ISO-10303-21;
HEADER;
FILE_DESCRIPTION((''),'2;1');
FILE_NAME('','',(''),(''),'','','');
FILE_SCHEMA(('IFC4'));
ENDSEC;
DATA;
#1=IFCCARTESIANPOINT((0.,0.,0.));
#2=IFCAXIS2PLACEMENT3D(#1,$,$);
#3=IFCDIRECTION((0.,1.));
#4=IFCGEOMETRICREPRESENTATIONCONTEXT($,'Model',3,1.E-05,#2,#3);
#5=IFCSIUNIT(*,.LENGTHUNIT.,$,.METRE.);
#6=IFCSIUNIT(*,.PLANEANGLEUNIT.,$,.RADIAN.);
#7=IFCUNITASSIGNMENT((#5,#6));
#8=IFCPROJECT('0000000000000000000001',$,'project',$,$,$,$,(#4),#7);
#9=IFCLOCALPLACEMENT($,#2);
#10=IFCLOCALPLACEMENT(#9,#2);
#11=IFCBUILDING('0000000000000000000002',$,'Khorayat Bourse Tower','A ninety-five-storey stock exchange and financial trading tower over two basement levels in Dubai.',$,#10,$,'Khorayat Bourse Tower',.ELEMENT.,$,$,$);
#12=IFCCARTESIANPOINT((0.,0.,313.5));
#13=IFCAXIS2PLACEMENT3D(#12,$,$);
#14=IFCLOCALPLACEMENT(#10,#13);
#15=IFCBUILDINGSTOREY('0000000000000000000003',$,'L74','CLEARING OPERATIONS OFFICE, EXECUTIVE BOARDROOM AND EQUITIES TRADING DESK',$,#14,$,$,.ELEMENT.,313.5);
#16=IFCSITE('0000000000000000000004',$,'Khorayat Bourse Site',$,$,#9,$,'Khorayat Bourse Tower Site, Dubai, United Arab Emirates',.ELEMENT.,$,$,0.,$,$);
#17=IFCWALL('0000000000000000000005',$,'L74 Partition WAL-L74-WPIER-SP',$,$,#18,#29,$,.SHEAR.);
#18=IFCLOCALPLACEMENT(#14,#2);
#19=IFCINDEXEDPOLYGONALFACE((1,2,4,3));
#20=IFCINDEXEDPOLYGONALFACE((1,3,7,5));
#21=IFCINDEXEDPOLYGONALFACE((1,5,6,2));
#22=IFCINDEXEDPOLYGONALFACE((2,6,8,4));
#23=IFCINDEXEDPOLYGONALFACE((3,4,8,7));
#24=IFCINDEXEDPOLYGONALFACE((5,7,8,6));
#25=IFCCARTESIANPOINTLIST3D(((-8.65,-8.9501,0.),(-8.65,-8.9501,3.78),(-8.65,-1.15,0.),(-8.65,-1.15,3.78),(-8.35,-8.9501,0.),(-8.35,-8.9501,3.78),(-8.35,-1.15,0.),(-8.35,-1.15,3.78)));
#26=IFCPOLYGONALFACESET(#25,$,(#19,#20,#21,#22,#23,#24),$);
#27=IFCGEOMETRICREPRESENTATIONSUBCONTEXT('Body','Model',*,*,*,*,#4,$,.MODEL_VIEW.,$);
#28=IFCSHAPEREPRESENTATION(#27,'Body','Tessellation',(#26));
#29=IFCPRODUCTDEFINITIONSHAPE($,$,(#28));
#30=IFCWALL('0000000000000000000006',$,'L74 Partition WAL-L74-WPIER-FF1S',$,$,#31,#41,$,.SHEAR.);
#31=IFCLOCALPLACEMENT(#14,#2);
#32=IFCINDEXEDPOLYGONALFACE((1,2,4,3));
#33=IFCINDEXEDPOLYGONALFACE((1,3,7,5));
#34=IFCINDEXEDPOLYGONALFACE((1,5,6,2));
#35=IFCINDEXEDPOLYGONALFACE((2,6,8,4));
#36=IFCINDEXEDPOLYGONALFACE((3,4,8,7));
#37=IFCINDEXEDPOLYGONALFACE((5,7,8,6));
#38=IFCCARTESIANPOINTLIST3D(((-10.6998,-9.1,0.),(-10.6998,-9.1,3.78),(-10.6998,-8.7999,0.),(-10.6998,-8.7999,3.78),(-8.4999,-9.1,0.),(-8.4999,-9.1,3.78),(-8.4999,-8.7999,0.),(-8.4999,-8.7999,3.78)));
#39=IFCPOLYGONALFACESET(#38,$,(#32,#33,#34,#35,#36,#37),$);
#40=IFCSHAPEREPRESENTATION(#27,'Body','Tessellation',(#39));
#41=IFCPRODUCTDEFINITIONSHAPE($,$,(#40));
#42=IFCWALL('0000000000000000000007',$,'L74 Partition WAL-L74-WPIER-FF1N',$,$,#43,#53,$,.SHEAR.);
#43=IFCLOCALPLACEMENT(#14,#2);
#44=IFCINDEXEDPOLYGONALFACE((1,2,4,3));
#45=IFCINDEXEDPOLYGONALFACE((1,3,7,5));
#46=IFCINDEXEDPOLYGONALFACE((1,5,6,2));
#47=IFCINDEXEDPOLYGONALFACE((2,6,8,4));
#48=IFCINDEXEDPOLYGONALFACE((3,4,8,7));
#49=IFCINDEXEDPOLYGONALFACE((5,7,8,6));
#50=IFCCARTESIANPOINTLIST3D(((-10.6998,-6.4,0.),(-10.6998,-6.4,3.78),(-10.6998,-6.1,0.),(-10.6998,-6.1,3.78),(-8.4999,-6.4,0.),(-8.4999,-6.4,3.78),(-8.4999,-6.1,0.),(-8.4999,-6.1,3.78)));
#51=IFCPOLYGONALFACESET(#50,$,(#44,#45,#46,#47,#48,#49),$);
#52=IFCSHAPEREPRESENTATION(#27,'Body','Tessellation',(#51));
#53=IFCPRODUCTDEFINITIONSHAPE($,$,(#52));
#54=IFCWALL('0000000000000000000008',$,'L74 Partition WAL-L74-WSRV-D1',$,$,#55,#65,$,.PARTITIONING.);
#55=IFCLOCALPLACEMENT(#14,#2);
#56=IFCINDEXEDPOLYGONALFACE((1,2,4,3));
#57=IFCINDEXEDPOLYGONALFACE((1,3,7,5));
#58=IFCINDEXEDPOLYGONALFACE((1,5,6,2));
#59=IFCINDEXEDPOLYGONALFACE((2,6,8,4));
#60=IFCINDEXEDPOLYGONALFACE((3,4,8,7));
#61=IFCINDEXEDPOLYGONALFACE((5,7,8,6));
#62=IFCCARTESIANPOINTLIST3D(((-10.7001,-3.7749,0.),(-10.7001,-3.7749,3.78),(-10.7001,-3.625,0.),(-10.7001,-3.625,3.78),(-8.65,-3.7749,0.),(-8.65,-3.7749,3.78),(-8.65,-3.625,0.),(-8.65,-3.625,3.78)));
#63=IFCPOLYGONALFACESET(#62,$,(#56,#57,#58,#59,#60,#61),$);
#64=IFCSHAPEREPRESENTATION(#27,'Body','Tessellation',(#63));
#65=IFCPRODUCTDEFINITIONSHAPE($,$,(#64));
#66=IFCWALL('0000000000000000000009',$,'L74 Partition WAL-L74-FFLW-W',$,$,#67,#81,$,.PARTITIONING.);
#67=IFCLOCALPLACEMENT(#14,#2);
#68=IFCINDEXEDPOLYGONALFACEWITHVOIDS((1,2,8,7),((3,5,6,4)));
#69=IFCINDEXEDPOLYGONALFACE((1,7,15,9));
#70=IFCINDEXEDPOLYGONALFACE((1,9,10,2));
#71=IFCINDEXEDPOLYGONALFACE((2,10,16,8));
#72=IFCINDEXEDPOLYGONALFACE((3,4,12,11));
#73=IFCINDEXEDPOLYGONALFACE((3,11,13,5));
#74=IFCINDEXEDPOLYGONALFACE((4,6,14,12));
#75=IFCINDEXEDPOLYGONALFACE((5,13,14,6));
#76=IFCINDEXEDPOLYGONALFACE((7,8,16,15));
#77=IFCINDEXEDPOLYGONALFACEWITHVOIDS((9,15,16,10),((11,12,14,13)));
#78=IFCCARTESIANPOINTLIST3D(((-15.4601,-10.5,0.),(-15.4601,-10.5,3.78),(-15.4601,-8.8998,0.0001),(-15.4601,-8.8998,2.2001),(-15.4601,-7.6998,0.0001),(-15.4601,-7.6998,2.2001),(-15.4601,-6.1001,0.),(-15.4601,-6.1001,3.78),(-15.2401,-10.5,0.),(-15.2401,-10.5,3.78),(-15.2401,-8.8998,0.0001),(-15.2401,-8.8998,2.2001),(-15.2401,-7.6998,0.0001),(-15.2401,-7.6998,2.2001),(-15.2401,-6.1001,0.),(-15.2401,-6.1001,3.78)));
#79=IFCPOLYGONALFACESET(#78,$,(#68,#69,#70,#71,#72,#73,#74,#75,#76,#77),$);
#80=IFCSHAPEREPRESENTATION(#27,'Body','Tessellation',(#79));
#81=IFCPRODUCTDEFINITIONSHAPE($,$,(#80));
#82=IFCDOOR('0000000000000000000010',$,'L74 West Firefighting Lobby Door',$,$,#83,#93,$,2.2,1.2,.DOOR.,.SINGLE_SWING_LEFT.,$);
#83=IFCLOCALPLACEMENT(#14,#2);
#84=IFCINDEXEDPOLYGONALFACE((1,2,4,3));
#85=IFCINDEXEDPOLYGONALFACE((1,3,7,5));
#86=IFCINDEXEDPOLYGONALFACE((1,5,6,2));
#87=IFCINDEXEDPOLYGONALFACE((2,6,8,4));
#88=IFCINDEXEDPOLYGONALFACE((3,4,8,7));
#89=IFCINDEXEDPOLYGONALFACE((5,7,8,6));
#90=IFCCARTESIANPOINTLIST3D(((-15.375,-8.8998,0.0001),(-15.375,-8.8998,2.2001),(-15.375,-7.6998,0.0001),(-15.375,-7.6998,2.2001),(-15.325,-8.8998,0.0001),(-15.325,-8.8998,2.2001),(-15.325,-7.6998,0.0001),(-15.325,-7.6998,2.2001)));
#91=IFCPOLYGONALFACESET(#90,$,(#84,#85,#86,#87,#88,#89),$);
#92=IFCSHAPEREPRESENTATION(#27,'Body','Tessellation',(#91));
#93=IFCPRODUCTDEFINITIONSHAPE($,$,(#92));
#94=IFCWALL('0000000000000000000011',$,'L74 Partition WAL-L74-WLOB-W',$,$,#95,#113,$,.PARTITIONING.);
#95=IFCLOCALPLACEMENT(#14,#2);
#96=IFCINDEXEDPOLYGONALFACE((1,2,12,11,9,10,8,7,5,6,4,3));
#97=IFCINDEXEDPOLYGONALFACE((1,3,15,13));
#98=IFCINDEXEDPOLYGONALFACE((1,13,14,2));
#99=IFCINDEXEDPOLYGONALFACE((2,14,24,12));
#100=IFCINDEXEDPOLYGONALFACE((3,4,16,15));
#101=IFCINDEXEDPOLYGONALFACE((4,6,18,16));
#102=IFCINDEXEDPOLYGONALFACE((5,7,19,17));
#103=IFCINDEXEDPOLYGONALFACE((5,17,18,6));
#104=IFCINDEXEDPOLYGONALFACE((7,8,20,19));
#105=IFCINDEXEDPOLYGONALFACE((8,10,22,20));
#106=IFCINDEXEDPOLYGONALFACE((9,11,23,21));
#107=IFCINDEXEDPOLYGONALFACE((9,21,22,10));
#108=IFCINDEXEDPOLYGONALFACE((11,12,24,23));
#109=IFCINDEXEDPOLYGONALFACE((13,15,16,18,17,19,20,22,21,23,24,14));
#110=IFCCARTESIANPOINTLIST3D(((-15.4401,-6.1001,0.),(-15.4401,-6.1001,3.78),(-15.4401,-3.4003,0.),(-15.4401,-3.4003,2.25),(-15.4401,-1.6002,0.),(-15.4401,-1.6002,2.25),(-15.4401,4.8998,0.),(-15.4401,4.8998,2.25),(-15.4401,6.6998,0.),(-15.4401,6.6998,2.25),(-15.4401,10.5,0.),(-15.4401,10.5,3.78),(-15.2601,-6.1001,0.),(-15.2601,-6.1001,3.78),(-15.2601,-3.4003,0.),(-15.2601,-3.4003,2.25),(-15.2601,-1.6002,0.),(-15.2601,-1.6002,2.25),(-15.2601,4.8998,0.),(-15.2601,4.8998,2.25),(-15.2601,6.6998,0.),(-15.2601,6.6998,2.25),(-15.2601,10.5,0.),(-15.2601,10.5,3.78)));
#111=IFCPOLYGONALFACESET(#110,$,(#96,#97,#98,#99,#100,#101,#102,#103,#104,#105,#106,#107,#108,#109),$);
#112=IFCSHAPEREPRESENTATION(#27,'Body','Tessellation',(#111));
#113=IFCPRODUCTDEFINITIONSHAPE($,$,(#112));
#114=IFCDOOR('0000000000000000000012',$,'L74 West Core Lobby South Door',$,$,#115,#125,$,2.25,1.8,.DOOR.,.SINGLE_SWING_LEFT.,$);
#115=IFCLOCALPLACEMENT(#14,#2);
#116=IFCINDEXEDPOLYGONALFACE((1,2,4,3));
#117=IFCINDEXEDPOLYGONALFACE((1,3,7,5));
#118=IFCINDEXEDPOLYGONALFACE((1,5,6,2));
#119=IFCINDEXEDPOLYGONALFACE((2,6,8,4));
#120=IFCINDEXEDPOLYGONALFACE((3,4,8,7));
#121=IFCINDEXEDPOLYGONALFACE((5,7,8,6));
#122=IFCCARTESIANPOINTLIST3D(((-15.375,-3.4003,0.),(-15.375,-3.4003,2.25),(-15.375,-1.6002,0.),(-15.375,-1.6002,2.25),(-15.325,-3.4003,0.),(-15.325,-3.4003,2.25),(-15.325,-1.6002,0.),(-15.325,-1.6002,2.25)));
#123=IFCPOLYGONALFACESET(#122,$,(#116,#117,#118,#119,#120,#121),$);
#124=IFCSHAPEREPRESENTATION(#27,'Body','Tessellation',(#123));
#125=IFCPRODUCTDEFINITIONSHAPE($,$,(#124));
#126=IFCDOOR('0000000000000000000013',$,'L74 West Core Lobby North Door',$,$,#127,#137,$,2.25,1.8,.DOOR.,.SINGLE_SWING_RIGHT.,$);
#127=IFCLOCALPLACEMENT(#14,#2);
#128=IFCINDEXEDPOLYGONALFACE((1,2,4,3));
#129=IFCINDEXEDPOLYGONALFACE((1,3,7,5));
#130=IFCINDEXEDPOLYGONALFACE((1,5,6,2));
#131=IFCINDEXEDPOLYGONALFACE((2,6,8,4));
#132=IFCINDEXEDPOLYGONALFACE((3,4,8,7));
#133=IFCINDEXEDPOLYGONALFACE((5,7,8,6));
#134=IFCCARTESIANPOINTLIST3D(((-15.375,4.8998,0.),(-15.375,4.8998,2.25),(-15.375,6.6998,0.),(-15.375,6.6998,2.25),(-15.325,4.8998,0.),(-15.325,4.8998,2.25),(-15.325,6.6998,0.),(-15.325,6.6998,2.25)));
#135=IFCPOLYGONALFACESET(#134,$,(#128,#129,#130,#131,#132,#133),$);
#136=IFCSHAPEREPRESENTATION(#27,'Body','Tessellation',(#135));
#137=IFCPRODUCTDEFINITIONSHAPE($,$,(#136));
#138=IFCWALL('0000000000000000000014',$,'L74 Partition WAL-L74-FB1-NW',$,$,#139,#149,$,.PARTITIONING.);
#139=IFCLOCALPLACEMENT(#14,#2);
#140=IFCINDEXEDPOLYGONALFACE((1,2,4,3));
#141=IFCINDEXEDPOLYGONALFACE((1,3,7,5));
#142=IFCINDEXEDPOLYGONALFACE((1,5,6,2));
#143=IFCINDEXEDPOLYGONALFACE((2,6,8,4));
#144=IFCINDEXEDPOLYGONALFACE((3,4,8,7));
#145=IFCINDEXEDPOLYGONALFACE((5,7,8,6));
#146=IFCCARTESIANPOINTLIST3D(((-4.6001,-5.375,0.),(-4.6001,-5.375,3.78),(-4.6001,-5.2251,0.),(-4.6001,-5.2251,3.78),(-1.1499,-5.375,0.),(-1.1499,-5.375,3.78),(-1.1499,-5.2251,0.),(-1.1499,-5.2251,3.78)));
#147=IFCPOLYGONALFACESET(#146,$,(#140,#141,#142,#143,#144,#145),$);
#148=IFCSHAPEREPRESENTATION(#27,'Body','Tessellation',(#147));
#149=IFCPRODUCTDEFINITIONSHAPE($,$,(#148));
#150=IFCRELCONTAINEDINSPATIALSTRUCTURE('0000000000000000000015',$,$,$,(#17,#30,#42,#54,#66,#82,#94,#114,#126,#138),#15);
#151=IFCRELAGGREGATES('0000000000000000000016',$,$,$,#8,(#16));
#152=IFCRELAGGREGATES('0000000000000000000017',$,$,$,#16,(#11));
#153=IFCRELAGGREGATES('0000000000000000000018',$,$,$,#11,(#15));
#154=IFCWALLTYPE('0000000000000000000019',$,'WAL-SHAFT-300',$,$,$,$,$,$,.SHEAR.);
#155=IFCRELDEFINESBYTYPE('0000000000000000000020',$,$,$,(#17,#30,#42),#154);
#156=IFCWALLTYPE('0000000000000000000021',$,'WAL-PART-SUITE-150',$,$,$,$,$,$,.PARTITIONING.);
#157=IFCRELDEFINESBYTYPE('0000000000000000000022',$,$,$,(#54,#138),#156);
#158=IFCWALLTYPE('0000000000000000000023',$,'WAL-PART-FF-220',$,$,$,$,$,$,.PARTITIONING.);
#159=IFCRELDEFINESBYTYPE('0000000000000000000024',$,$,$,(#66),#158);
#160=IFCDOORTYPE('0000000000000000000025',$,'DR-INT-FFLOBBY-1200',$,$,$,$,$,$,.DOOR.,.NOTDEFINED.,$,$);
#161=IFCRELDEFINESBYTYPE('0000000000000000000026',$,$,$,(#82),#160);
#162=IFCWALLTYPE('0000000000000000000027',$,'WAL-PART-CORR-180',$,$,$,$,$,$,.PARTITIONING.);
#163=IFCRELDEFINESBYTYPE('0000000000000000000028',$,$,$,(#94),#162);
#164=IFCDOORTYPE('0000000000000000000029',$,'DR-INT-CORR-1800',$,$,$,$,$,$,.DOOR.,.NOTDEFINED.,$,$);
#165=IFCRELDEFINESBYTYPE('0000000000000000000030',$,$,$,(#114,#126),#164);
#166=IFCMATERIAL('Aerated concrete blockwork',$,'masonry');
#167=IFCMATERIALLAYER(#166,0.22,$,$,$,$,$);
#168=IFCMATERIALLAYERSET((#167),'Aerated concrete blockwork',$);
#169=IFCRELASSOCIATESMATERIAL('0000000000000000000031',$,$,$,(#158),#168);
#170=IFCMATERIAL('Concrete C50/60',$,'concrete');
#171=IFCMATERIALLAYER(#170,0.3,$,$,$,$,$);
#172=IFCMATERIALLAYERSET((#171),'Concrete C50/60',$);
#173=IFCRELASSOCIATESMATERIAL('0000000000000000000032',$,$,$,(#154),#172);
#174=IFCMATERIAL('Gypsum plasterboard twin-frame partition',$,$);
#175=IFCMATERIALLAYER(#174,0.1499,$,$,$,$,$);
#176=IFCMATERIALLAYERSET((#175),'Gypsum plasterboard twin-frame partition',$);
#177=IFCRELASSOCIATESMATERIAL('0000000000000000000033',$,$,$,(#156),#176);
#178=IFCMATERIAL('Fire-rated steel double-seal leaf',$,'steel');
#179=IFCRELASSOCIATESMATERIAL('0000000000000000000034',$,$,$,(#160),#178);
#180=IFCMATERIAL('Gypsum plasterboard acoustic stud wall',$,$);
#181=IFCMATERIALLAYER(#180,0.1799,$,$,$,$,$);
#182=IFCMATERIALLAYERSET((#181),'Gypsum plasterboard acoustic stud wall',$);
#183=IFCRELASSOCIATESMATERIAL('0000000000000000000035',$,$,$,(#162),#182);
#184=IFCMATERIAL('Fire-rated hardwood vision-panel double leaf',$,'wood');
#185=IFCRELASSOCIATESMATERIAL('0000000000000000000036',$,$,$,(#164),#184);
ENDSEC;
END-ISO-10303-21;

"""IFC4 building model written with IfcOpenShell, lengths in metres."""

from ifc_helpers import new_model, si_unit, direction, frame, frame_2d, origin, place, context, subcontext, project, spatial, rectangle, extrude, source, transform, mapped, material, layer, layer_set, type_object, element, fill, save


model = new_model("IFC4")

# Units and contexts
model_context = context("Model", 3, precision=1e-05, world=origin(), true_north=direction((0.0, 1.0)))
body_context = subcontext(model_context, "Body", "Model", "MODEL_VIEW")
ifc_project = project(units=[si_unit("LENGTHUNIT", "METRE"), si_unit("PLANEANGLEUNIT", "RADIAN")], contexts=[model_context])

# Site, building, storey
site_placement = place(None, origin())
site = spatial("IfcSite", under=ifc_project, at=site_placement, Name="Khorayat Bourse Site", LongName="Khorayat Bourse Tower Site, Dubai, United Arab Emirates", CompositionType="ELEMENT", RefElevation=0.0)
building_placement = place(site_placement, origin())
building = spatial("IfcBuilding", under=site, at=building_placement, Name="Khorayat Bourse Tower", Description="A ninety-five-storey stock exchange and financial trading tower over two basement levels in Dubai.", LongName="Khorayat Bourse Tower", CompositionType="ELEMENT")
storey_placement = place(building_placement, frame((0.0, 0.0, 313.5)))
storey = spatial("IfcBuildingStorey", under=building, at=storey_placement, Name="L74", Description="CLEARING OPERATIONS OFFICE, EXECUTIVE BOARDROOM AND EQUITIES TRADING DESK", CompositionType="ELEMENT", Elevation=313.5)

# Walls
ifc_material_1 = material(Name="Aerated concrete blockwork", Category="masonry")
ifc_layer_1 = layer(ifc_material_1, 0.22)
ifc_layer_set_1 = layer_set([ifc_layer_1], Name="Aerated concrete blockwork")
wall_type_1 = type_object("IfcWallType", Name="WAL-PART-FF-220", PredefinedType="PARTITIONING", material=ifc_layer_set_1)
ifc_material_2 = material(Name="Concrete C50/60", Category="concrete")
ifc_layer_2 = layer(ifc_material_2, 0.3)
ifc_layer_set_2 = layer_set([ifc_layer_2], Name="Concrete C50/60")
wall_type_2 = type_object("IfcWallType", Name="WAL-SHAFT-300", PredefinedType="SHEAR", material=ifc_layer_set_2)
shared_shape_1 = source(origin(), body_context, "Body", "SweptSolid", [
    extrude(rectangle(XDim=7.8, YDim=0.3, at=frame_2d((3.8999, 0.0))), origin(), (0.0, 0.0, 1.0), 3.78),
])
wall_1_placement = place(storey_placement, frame((-8.5, -8.95, 0.0), z_axis=(0.0, 0.0, 1.0), x_axis=(0.0, 1.0, 0.0)))
element("IfcWall", 1, at=wall_1_placement, inside=storey, type_object=wall_type_2, Name="L74 Partition WAL-L74-WPIER-SP", PredefinedType="SHEAR", context=body_context, shape_type="MappedRepresentation", body=[
    mapped(shared_shape_1, transform((0.0, 0.0, 0.0), scale=1.0)),
])
shared_shape_2 = source(origin(), body_context, "Body", "SweptSolid", [
    extrude(rectangle(XDim=2.2, YDim=0.3, at=frame_2d((1.1001, 0.0))), origin(), (0.0, 0.0, 1.0), 3.78),
])
for number, where, z_axis, x_axis, name in (
    (2, (-10.7, -8.95, 0.0), (0.0, 0.0, 1.0), (1.0, 0.0, 0.0), "L74 Partition WAL-L74-WPIER-FF1S"),
    (3, (-10.7, -6.25, 0.0), (0.0, 0.0, 1.0), (1.0, 0.0, 0.0), "L74 Partition WAL-L74-WPIER-FF1N"),
):
    element("IfcWall", number, at=place(storey_placement, frame(where, z_axis=z_axis, x_axis=x_axis)), inside=storey, type_object=wall_type_2, Name=name, PredefinedType="SHEAR", context=body_context, shape_type="MappedRepresentation", body=[
        mapped(shared_shape_2, transform((0.0, 0.0, 0.0), scale=1.0)),
    ])
ifc_material_3 = material(Name="Gypsum plasterboard twin-frame partition")
ifc_layer_3 = layer(ifc_material_3, 0.1499)
ifc_layer_set_3 = layer_set([ifc_layer_3], Name="Gypsum plasterboard twin-frame partition")
wall_type_3 = type_object("IfcWallType", Name="WAL-PART-SUITE-150", PredefinedType="PARTITIONING", material=ifc_layer_set_3)
shared_shape_3 = source(origin(), body_context, "Body", "SweptSolid", [
    extrude(rectangle(XDim=2.05, YDim=0.1499, at=frame_2d((1.0249, 0.0))), origin(), (0.0, 0.0, 1.0), 3.78),
])
wall_2_placement = place(storey_placement, frame((-10.7, -3.7, 0.0), z_axis=(0.0, 0.0, 1.0), x_axis=(1.0, 0.0, 0.0)))
element("IfcWall", 4, at=wall_2_placement, inside=storey, type_object=wall_type_3, Name="L74 Partition WAL-L74-WSRV-D1", PredefinedType="PARTITIONING", context=body_context, shape_type="MappedRepresentation", body=[
    mapped(shared_shape_3, transform((0.0, 0.0, 0.0), scale=1.0)),
])

# Wall, opening, door
shared_shape_4 = source(origin(), body_context, "Body", "SweptSolid", [
    extrude(rectangle(XDim=4.3999, YDim=0.22, at=frame_2d((2.2, 0.0))), origin(), (0.0, 0.0, 1.0), 3.78),
])
wall_3_placement = place(storey_placement, frame((-15.3501, -10.5, 0.0), z_axis=(0.0, 0.0, 1.0), x_axis=(0.0, 1.0, 0.0)))
wall_3 = element("IfcWall", 5, at=wall_3_placement, inside=storey, type_object=wall_type_1, Name="L74 Partition WAL-L74-FFLW-W", PredefinedType="PARTITIONING", context=body_context, shape_type="MappedRepresentation", body=[
    mapped(shared_shape_4, transform((0.0, 0.0, 0.0), scale=1.0)),
])
shared_shape_5 = source(origin(), body_context, "Body", "SweptSolid", [
    extrude(rectangle(XDim=1.2, YDim=2.2, at=frame_2d((0.6001, 1.1001))), frame((0.0, 0.1199, 0.0), z_axis=(0.0, -1.0, 0.0), x_axis=(1.0, 0.0, 0.0)), (0.0, 0.0, 1.0), 0.24),
])
opening_1_placement = place(wall_3_placement, frame((1.6001, 0.0, 0.0)))
opening_1 = element("IfcOpeningElement", 6, at=opening_1_placement, cuts=wall_3, PredefinedType="OPENING", context=body_context, shape_type="MappedRepresentation", body=[
    mapped(shared_shape_5, transform((0.0, 0.0, 0.0), scale=1.0)),
])
ifc_material_4 = material(Name="Fire-rated steel double-seal leaf", Category="steel")
door_type_1 = type_object("IfcDoorType", Name="DR-INT-FFLOBBY-1200", OperationType="NOTDEFINED", PredefinedType="DOOR", material=ifc_material_4)
shared_shape_6 = source(origin(), body_context, "Body", "SweptSolid", [
    extrude(rectangle(XDim=1.2, YDim=2.2, at=frame_2d((0.6001, 1.1001))), frame((0.0, 0.0249, 0.0), z_axis=(0.0, -1.0, 0.0), x_axis=(1.0, 0.0, 0.0)), (0.0, 0.0, 1.0), 0.05),
])
door_1_placement = place(opening_1_placement, origin())
door_1 = element("IfcDoor", 7, at=door_1_placement, inside=storey, type_object=door_type_1, Name="L74 West Firefighting Lobby Door", OperationType="SINGLE_SWING_LEFT", OverallHeight=2.2, OverallWidth=1.2, PredefinedType="DOOR", context=body_context, shape_type="MappedRepresentation", body=[
    mapped(shared_shape_6, transform((0.0, 0.0, 0.0), scale=1.0)),
])
fill(opening_1, door_1)

# Wall, openings, doors
ifc_material_5 = material(Name="Gypsum plasterboard acoustic stud wall")
ifc_layer_4 = layer(ifc_material_5, 0.1799)
ifc_layer_set_4 = layer_set([ifc_layer_4], Name="Gypsum plasterboard acoustic stud wall")
wall_type_4 = type_object("IfcWallType", Name="WAL-PART-CORR-180", PredefinedType="PARTITIONING", material=ifc_layer_set_4)
shared_shape_7 = source(origin(), body_context, "Body", "SweptSolid", [
    extrude(rectangle(XDim=16.6001, YDim=0.1799, at=frame_2d((8.3, 0.0))), origin(), (0.0, 0.0, 1.0), 3.78),
])
wall_4_placement = place(storey_placement, frame((-15.3501, -6.1001, 0.0), z_axis=(0.0, 0.0, 1.0), x_axis=(0.0, 1.0, 0.0)))
wall_4 = element("IfcWall", 8, at=wall_4_placement, inside=storey, type_object=wall_type_4, Name="L74 Partition WAL-L74-WLOB-W", PredefinedType="PARTITIONING", context=body_context, shape_type="MappedRepresentation", body=[
    mapped(shared_shape_7, transform((0.0, 0.0, 0.0), scale=1.0)),
])
shared_shape_8 = source(origin(), body_context, "Body", "SweptSolid", [
    extrude(rectangle(XDim=1.8, YDim=2.25, at=frame_2d((0.8999, 1.125))), frame((0.0, 0.0999, 0.0), z_axis=(0.0, -1.0, 0.0), x_axis=(1.0, 0.0, 0.0)), (0.0, 0.0, 1.0), 0.2),
])
opening_2_placement = place(wall_4_placement, frame((2.7, 0.0, 0.0)))
opening_2 = element("IfcOpeningElement", 9, at=opening_2_placement, cuts=wall_4, PredefinedType="OPENING", context=body_context, shape_type="MappedRepresentation", body=[
    mapped(shared_shape_8, transform((0.0, 0.0, 0.0), scale=1.0)),
])
opening_3_placement = place(wall_4_placement, frame((11.0, 0.0, 0.0)))
opening_3 = element("IfcOpeningElement", 10, at=opening_3_placement, cuts=wall_4, PredefinedType="OPENING", context=body_context, shape_type="MappedRepresentation", body=[
    mapped(shared_shape_8, transform((0.0, 0.0, 0.0), scale=1.0)),
])
ifc_material_6 = material(Name="Fire-rated hardwood vision-panel double leaf", Category="wood")
door_type_2 = type_object("IfcDoorType", Name="DR-INT-CORR-1800", OperationType="NOTDEFINED", PredefinedType="DOOR", material=ifc_material_6)
shared_shape_9 = source(origin(), body_context, "Body", "SweptSolid", [
    extrude(rectangle(XDim=1.8, YDim=2.25, at=frame_2d((0.8999, 1.125))), frame((0.0, 0.0249, 0.0), z_axis=(0.0, -1.0, 0.0), x_axis=(1.0, 0.0, 0.0)), (0.0, 0.0, 1.0), 0.05),
])
door_2_placement = place(opening_2_placement, origin())
door_2 = element("IfcDoor", 11, at=door_2_placement, inside=storey, type_object=door_type_2, Name="L74 West Core Lobby South Door", OperationType="SINGLE_SWING_LEFT", OverallHeight=2.25, OverallWidth=1.8, PredefinedType="DOOR", context=body_context, shape_type="MappedRepresentation", body=[
    mapped(shared_shape_9, transform((0.0, 0.0, 0.0), scale=1.0)),
])
fill(opening_2, door_2)
door_3_placement = place(opening_3_placement, origin())
door_3 = element("IfcDoor", 12, at=door_3_placement, inside=storey, type_object=door_type_2, Name="L74 West Core Lobby North Door", OperationType="SINGLE_SWING_RIGHT", OverallHeight=2.25, OverallWidth=1.8, PredefinedType="DOOR", context=body_context, shape_type="MappedRepresentation", body=[
    mapped(shared_shape_9, transform((0.0, 0.0, 0.0), scale=1.0)),
])
fill(opening_3, door_3)

# Wall
shared_shape_10 = source(origin(), body_context, "Body", "SweptSolid", [
    extrude(rectangle(XDim=3.4502, YDim=0.1499, at=frame_2d((1.7251, 0.0))), origin(), (0.0, 0.0, 1.0), 3.78),
])
wall_5_placement = place(storey_placement, frame((-4.6001, -5.3, 0.0), z_axis=(0.0, 0.0, 1.0), x_axis=(1.0, 0.0, 0.0)))
element("IfcWall", 13, at=wall_5_placement, inside=storey, type_object=wall_type_3, Name="L74 Partition WAL-L74-FB1-NW", PredefinedType="PARTITIONING", context=body_context, shape_type="MappedRepresentation", body=[
    mapped(shared_shape_10, transform((0.0, 0.0, 0.0), scale=1.0)),
])

save(model, "model.ifc")
